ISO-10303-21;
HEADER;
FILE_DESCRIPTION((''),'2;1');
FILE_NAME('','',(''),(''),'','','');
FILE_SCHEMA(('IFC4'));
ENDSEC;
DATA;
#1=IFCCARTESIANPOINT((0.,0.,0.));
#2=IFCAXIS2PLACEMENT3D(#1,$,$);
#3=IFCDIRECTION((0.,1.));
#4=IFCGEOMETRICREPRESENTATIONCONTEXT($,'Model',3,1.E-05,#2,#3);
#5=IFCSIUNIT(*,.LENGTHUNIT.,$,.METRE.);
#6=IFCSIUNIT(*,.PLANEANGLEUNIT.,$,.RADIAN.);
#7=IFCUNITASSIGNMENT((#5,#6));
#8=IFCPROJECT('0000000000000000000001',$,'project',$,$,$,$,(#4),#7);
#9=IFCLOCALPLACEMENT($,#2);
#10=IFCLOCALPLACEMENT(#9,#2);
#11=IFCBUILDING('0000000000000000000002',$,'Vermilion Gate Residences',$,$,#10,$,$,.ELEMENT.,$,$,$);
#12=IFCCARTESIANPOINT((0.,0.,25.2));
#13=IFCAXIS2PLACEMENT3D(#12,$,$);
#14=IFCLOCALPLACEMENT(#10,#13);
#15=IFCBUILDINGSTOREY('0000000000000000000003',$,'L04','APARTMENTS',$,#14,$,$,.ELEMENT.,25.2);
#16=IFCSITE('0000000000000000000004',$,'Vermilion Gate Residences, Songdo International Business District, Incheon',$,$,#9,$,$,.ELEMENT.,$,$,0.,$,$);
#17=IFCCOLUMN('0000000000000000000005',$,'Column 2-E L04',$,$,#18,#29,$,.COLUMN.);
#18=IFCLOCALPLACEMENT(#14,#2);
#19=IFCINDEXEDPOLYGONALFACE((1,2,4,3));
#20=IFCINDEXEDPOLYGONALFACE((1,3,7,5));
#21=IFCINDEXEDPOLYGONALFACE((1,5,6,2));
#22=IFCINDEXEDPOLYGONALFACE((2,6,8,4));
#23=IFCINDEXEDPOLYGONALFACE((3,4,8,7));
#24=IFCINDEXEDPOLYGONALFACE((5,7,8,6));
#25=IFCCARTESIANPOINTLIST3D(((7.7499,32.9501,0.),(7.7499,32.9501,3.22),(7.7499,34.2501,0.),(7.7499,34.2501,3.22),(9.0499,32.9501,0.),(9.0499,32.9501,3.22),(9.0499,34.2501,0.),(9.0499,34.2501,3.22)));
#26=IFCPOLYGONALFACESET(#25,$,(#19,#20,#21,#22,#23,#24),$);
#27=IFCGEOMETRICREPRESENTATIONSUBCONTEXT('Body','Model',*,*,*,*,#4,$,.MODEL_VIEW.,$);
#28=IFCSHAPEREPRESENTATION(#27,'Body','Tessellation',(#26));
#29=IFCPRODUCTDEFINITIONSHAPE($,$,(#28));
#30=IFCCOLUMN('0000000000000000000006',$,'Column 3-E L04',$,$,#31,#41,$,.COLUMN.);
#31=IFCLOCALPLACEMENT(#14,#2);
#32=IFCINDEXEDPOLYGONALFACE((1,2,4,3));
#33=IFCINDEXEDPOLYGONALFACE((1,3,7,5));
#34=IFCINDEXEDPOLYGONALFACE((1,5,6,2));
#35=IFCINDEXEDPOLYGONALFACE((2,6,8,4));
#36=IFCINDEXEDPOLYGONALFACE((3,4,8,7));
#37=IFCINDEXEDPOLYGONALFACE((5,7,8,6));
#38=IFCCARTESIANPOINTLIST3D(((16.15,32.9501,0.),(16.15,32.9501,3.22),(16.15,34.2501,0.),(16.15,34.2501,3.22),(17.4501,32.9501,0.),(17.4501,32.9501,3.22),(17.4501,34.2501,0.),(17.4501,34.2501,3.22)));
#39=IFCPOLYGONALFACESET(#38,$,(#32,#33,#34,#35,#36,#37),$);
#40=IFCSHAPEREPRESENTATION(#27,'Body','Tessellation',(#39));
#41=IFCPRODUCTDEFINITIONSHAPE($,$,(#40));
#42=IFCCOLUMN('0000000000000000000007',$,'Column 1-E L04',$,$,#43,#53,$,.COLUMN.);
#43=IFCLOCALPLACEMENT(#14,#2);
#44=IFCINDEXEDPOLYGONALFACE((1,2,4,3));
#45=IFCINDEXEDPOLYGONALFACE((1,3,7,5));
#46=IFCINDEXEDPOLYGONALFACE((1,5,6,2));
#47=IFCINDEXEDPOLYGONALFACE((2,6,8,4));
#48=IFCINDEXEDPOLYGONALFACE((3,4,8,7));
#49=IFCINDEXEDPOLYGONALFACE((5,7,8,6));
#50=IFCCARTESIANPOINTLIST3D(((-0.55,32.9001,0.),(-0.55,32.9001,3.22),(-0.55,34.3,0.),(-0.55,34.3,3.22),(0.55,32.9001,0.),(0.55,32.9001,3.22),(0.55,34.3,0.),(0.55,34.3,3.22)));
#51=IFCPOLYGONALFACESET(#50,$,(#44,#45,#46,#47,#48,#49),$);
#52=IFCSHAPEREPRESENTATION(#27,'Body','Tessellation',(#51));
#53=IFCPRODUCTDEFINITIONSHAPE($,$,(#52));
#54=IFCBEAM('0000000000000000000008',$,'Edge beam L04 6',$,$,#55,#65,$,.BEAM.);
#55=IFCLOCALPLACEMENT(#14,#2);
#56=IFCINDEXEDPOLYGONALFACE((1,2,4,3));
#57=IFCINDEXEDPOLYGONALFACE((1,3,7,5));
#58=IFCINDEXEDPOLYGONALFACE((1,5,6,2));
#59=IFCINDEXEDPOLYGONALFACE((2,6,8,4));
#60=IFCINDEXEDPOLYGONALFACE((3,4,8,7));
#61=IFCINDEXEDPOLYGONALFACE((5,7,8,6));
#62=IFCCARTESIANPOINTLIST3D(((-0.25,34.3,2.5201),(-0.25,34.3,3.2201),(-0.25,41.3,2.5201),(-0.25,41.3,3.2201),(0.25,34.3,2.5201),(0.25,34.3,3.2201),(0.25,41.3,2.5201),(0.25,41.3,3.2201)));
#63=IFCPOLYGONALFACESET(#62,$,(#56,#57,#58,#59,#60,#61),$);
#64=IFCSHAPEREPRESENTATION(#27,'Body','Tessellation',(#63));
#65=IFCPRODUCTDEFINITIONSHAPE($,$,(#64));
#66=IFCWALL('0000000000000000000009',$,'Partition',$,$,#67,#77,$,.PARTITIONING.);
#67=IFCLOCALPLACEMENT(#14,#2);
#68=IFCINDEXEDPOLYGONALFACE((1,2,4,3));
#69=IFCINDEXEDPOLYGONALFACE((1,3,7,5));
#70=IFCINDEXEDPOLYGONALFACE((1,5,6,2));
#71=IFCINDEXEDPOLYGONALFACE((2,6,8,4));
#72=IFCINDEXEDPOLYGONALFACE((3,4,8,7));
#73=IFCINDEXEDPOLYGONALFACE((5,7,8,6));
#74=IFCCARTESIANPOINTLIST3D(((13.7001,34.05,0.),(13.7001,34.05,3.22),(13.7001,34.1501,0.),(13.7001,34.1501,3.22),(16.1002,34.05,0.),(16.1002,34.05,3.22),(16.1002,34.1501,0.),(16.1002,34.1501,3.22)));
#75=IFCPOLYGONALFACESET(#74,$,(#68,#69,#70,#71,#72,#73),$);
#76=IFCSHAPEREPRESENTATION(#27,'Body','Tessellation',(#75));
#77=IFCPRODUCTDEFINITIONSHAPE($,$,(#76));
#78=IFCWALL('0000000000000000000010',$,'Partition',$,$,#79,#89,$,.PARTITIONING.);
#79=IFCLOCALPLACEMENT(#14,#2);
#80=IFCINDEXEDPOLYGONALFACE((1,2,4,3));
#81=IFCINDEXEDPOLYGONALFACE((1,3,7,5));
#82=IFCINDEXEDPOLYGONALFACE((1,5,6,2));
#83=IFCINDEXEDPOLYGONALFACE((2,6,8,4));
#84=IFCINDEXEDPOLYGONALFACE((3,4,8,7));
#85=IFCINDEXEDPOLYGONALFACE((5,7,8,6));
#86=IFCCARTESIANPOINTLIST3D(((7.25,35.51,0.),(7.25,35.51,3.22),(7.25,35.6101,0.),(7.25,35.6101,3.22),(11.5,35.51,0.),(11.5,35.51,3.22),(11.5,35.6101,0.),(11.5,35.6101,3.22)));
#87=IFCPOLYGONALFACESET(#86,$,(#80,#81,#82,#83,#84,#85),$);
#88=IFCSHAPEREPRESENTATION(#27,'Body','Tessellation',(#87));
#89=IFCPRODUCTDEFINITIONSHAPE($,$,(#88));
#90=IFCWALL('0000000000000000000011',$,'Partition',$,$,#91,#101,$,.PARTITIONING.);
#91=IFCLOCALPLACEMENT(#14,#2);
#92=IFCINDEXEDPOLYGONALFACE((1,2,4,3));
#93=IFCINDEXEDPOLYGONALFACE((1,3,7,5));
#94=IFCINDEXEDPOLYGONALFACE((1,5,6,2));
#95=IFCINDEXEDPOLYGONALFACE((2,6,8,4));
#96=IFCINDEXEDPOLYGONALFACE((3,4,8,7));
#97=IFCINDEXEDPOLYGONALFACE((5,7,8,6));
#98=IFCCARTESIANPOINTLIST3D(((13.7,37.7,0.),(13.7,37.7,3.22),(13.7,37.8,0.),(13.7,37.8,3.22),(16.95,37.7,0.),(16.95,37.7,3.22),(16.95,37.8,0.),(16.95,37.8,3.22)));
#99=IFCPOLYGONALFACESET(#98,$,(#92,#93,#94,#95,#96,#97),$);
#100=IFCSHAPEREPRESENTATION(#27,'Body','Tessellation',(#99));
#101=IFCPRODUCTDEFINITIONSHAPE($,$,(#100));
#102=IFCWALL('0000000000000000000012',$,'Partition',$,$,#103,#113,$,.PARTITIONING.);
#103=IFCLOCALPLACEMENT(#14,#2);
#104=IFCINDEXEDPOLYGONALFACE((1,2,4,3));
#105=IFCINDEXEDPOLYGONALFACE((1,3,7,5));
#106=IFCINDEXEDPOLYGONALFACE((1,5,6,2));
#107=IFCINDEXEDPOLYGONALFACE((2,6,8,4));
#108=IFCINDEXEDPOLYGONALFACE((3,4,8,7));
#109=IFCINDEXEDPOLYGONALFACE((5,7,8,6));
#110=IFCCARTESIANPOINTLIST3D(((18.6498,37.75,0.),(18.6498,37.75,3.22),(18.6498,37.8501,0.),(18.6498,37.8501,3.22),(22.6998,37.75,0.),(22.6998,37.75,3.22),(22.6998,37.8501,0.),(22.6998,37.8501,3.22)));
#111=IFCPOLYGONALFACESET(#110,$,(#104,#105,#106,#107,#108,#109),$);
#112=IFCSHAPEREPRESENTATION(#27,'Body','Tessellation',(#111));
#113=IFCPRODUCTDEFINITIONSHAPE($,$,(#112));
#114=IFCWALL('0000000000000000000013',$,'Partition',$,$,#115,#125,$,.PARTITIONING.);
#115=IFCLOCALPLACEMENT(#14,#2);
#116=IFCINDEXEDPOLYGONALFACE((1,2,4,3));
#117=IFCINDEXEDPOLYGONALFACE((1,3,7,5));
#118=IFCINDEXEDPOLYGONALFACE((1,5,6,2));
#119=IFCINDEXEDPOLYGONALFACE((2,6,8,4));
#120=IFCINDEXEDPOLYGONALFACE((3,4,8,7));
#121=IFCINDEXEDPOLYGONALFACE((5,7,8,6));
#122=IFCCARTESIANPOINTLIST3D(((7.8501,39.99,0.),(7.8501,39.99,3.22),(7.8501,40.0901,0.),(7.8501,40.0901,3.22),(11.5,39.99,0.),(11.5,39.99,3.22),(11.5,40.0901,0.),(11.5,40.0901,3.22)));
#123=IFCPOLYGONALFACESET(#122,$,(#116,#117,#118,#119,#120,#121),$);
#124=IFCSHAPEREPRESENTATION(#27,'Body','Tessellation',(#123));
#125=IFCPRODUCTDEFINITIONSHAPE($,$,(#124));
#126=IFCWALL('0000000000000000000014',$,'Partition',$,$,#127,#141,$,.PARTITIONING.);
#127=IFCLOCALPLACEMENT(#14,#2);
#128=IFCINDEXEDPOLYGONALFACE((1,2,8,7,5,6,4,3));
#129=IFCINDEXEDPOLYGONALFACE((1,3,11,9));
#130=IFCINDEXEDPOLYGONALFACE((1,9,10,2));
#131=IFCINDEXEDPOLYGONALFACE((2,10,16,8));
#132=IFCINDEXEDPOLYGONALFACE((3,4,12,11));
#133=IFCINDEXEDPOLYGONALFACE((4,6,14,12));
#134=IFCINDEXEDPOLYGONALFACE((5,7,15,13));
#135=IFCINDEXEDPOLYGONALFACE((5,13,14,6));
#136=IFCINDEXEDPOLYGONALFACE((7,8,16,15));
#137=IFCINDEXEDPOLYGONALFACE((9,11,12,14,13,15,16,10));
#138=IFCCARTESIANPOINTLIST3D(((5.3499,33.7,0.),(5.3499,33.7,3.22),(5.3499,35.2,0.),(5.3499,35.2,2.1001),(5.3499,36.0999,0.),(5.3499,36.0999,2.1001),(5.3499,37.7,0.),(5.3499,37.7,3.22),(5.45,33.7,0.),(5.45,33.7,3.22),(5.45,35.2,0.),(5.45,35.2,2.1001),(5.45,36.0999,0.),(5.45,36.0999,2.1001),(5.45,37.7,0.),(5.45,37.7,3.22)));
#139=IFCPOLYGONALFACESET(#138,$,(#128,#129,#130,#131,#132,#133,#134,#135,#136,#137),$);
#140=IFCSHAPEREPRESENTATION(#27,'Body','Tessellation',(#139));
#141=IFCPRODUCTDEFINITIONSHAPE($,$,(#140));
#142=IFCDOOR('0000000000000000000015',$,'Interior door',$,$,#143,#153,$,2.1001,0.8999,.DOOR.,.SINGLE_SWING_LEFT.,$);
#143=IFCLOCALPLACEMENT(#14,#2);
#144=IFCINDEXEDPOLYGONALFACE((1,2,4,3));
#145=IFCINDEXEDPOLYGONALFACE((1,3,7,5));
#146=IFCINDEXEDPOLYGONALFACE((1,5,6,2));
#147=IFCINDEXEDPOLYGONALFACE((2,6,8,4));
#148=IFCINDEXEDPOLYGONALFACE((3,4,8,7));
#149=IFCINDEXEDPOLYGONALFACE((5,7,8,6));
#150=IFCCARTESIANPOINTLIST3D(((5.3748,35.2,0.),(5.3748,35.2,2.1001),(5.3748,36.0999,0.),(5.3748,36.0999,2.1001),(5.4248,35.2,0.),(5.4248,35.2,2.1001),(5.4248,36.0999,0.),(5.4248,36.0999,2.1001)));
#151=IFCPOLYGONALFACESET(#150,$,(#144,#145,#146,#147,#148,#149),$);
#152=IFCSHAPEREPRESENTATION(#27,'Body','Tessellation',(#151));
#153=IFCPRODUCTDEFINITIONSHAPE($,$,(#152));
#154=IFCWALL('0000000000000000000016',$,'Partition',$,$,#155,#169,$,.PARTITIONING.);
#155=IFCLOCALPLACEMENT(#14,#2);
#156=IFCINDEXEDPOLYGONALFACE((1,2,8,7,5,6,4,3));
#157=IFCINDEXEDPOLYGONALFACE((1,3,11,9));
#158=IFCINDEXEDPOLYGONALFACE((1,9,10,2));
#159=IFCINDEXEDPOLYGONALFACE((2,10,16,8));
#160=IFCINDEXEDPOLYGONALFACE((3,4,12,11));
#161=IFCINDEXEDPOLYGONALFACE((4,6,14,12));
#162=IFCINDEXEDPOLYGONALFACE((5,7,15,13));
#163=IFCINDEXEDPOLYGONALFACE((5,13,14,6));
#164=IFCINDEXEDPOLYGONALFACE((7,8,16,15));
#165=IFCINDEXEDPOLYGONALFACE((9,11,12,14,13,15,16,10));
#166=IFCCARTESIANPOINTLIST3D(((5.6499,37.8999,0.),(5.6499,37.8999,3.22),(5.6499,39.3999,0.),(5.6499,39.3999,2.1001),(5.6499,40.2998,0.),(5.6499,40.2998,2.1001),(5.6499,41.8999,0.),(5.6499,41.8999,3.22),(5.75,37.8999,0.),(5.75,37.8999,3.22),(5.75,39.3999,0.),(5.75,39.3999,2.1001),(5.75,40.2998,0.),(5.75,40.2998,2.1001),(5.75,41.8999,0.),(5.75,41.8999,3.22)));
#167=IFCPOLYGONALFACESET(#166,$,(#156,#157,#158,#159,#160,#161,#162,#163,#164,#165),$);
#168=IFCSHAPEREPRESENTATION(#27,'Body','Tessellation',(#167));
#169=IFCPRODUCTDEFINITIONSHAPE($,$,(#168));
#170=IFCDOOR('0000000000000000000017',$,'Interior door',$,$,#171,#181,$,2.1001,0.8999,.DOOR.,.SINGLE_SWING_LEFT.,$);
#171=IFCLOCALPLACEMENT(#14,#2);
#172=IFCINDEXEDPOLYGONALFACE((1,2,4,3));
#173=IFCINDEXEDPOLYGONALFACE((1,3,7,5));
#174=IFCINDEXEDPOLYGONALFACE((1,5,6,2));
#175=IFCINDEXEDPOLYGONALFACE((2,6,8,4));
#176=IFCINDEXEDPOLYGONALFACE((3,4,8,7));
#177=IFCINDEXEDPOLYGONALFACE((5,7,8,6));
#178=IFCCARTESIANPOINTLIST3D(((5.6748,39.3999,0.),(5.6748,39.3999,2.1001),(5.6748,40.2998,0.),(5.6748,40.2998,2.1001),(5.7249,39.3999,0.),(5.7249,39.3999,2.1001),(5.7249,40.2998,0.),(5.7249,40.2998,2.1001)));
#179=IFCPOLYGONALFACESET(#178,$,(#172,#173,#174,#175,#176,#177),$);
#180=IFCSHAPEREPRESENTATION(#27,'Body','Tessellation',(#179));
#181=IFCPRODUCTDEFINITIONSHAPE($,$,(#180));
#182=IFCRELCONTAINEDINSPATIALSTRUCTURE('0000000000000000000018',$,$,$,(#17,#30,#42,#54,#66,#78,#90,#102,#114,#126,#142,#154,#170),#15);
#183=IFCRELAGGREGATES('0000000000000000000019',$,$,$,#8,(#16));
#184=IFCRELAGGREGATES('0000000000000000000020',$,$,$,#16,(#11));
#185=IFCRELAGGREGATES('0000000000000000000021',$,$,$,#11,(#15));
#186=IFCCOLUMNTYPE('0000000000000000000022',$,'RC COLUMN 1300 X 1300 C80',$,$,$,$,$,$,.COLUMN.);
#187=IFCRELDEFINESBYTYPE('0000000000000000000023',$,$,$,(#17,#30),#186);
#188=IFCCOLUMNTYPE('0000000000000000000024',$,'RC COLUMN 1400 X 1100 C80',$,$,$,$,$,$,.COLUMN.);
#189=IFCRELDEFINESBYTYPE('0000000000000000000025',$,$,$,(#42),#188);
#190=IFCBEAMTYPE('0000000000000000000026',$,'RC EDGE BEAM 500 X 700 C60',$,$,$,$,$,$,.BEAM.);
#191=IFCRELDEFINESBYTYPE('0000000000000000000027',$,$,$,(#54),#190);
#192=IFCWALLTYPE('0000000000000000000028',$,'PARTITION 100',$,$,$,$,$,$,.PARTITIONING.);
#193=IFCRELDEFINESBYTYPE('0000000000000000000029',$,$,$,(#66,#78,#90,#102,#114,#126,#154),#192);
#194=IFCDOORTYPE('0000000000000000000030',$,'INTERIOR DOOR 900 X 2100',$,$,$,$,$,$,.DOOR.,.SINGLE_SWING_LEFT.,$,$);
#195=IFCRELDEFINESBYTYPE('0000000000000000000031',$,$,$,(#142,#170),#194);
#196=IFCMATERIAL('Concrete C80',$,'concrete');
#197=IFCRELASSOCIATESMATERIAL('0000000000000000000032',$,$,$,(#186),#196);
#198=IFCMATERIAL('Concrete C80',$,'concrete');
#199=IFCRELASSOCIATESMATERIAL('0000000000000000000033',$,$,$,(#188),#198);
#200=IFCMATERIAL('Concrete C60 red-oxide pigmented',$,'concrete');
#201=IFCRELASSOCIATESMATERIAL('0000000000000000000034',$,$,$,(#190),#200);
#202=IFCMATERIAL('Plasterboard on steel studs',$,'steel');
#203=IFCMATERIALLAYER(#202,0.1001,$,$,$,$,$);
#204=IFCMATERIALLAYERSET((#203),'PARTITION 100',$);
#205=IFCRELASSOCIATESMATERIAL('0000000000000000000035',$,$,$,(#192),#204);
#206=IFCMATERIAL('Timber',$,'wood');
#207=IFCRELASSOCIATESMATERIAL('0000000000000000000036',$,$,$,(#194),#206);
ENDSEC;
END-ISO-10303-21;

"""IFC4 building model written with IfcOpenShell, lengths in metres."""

from ifc_helpers import new_model, si_unit, direction, frame, frame_2d, origin, origin_2d, place, context, subcontext, project, spatial, rectangle, extrude, material, layer, layer_set, material_profile, profile_set, type_object, element, fill, save


model = new_model("IFC4")

# Units and contexts
model_context = context("Model", 3, precision=1e-05, world=origin(), true_north=direction((0.0, 1.0)))
body_context = subcontext(model_context, "Body", "Model", "MODEL_VIEW")
ifc_project = project(units=[si_unit("LENGTHUNIT", "METRE"), si_unit("PLANEANGLEUNIT", "RADIAN")], contexts=[model_context])

# Site, building, storey
site_placement = place(None, origin())
site = spatial("IfcSite", under=ifc_project, at=site_placement, Name="Vermilion Gate Residences, Songdo International Business District, Incheon", CompositionType="ELEMENT", RefElevation=0.0)
building_placement = place(site_placement, origin())
building = spatial("IfcBuilding", under=site, at=building_placement, Name="Vermilion Gate Residences", CompositionType="ELEMENT")
storey_placement = place(building_placement, frame((0.0, 0.0, 25.2)))
storey = spatial("IfcBuildingStorey", under=building, at=storey_placement, Name="L04", Description="APARTMENTS", CompositionType="ELEMENT", Elevation=25.2)

# Columns
ifc_material_1 = material(Name="Concrete C80", Category="concrete")
ifc_material_profile_1 = material_profile(ifc_material_1, rectangle(XDim=1.3, YDim=1.3, at=origin_2d()), Name="RC-1300x1300")
ifc_profile_set_1 = profile_set([ifc_material_profile_1], Name="Concrete C80")
column_type_1 = type_object("IfcColumnType", Name="RC COLUMN 1300 X 1300 C80", PredefinedType="COLUMN", material=ifc_profile_set_1)
for number, where, z_axis, x_axis, name in (
    (1, (8.3999, 33.6001, 0.0), (0.0, 0.0, 1.0), (1.0, 0.0, 0.0), "Column 2-E L04"),
    (2, (16.8, 33.6001, 0.0), (0.0, 0.0, 1.0), (1.0, 0.0, 0.0), "Column 3-E L04"),
):
    element("IfcColumn", number, at=place(storey_placement, frame(where, z_axis=z_axis, x_axis=x_axis)), inside=storey, type_object=column_type_1, Name=name, PredefinedType="COLUMN", context=body_context, shape_type="SweptSolid", body=[
        extrude(rectangle(XDim=1.3, YDim=1.3, at=origin_2d()), origin(), (0.0, 0.0, 1.0), 3.22),
    ])
ifc_material_2 = material(Name="Concrete C80", Category="concrete")
ifc_material_profile_2 = material_profile(ifc_material_2, rectangle(XDim=1.3999, YDim=1.1001, at=origin_2d()), Name="RC-1400x1100")
ifc_profile_set_2 = profile_set([ifc_material_profile_2], Name="Concrete C80")
column_type_2 = type_object("IfcColumnType", Name="RC COLUMN 1400 X 1100 C80", PredefinedType="COLUMN", material=ifc_profile_set_2)
column_placement = place(storey_placement, frame((0.0, 33.6001, 0.0), z_axis=(0.0, 0.0, 1.0), x_axis=(0.0, 1.0, 0.0)))
element("IfcColumn", 3, at=column_placement, inside=storey, type_object=column_type_2, Name="Column 1-E L04", PredefinedType="COLUMN", context=body_context, shape_type="SweptSolid", body=[
    extrude(rectangle(XDim=1.3999, YDim=1.1001, at=origin_2d()), origin(), (0.0, 0.0, 1.0), 3.22),
])

# Beam
ifc_material_3 = material(Name="Concrete C60 red-oxide pigmented", Category="concrete")
ifc_material_profile_3 = material_profile(ifc_material_3, rectangle(XDim=0.5, YDim=0.7, at=origin_2d()), Name="RC-500x700")
ifc_profile_set_3 = profile_set([ifc_material_profile_3], Name="Concrete C60 red-oxide pigmented")
beam_type = type_object("IfcBeamType", Name="RC EDGE BEAM 500 X 700 C60", PredefinedType="BEAM", material=ifc_profile_set_3)
beam_placement = place(storey_placement, frame((0.0, 34.3, 2.8701), z_axis=(0.0, 1.0, 0.0), x_axis=(-1.0, 0.0, 0.0)))
element("IfcBeam", 4, at=beam_placement, inside=storey, type_object=beam_type, Name="Edge beam L04 6", PredefinedType="BEAM", context=body_context, shape_type="SweptSolid", body=[
    extrude(rectangle(XDim=0.5, YDim=0.7, at=origin_2d()), origin(), (0.0, 0.0, 1.0), 7.0),
])

# Walls
ifc_material_4 = material(Name="Plasterboard on steel studs", Category="steel")
ifc_layer_1 = layer(ifc_material_4, 0.1001)
ifc_layer_set_1 = layer_set([ifc_layer_1], Name="PARTITION 100")
wall_type_1 = type_object("IfcWallType", Name="PARTITION 100", PredefinedType="PARTITIONING", material=ifc_layer_set_1)
wall_1_placement = place(storey_placement, frame((13.7, 34.1001, 0.0), z_axis=(0.0, 0.0, 1.0), x_axis=(1.0, 0.0, 0.0)))
element("IfcWall", 5, at=wall_1_placement, inside=storey, type_object=wall_type_1, Name="Partition", PredefinedType="PARTITIONING", context=body_context, shape_type="SweptSolid", body=[
    extrude(rectangle(XDim=2.4001, YDim=0.1001, at=frame_2d((1.2002, 0.0))), origin(), (0.0, 0.0, 1.0), 3.22),
])
wall_2_placement = place(storey_placement, frame((7.25, 35.5601, 0.0), z_axis=(0.0, 0.0, 1.0), x_axis=(1.0, 0.0, 0.0)))
element("IfcWall", 6, at=wall_2_placement, inside=storey, type_object=wall_type_1, Name="Partition", PredefinedType="PARTITIONING", context=body_context, shape_type="SweptSolid", body=[
    extrude(rectangle(XDim=4.25, YDim=0.1001, at=frame_2d((2.125, 0.0))), origin(), (0.0, 0.0, 1.0), 3.22),
])
wall_3_placement = place(storey_placement, frame((13.7, 37.75, 0.0), z_axis=(0.0, 0.0, 1.0), x_axis=(1.0, 0.0, 0.0)))
element("IfcWall", 7, at=wall_3_placement, inside=storey, type_object=wall_type_1, Name="Partition", PredefinedType="PARTITIONING", context=body_context, shape_type="SweptSolid", body=[
    extrude(rectangle(XDim=3.25, YDim=0.1001, at=frame_2d((1.625, 0.0))), origin(), (0.0, 0.0, 1.0), 3.22),
])
wall_4_placement = place(storey_placement, frame((18.6499, 37.8, 0.0), z_axis=(0.0, 0.0, 1.0), x_axis=(1.0, 0.0, 0.0)))
element("IfcWall", 8, at=wall_4_placement, inside=storey, type_object=wall_type_1, Name="Partition", PredefinedType="PARTITIONING", context=body_context, shape_type="SweptSolid", body=[
    extrude(rectangle(XDim=4.05, YDim=0.1001, at=frame_2d((2.0249, 0.0))), origin(), (0.0, 0.0, 1.0), 3.22),
])
wall_5_placement = place(storey_placement, frame((7.8501, 40.04, 0.0), z_axis=(0.0, 0.0, 1.0), x_axis=(1.0, 0.0, 0.0)))
element("IfcWall", 9, at=wall_5_placement, inside=storey, type_object=wall_type_1, Name="Partition", PredefinedType="PARTITIONING", context=body_context, shape_type="SweptSolid", body=[
    extrude(rectangle(XDim=3.6499, YDim=0.1001, at=frame_2d((1.825, 0.0))), origin(), (0.0, 0.0, 1.0), 3.22),
])

# Walls, openings, doors
wall_6_placement = place(storey_placement, frame((5.3999, 33.7, 0.0), z_axis=(0.0, 0.0, 1.0), x_axis=(0.0, 1.0, 0.0)))
wall_6 = element("IfcWall", 10, at=wall_6_placement, inside=storey, type_object=wall_type_1, Name="Partition", PredefinedType="PARTITIONING", context=body_context, shape_type="SweptSolid", body=[
    extrude(rectangle(XDim=4.0, YDim=0.1001, at=frame_2d((2.0, 0.0))), origin(), (0.0, 0.0, 1.0), 3.22),
])
opening_1_placement = place(wall_6_placement, frame((1.5, 0.0, 0.0)))
opening_1 = element("IfcOpeningElement", 11, at=opening_1_placement, cuts=wall_6, PredefinedType="OPENING", context=body_context, shape_type="SweptSolid", body=[
    extrude(rectangle(XDim=0.8999, YDim=2.1001, at=frame_2d((0.45, 1.05))), frame((0.0, 0.0601, 0.0), z_axis=(0.0, -1.0, 0.0), x_axis=(1.0, 0.0, 0.0)), (0.0, 0.0, 1.0), 0.1201),
])
ifc_material_5 = material(Name="Timber", Category="wood")
door_type = type_object("IfcDoorType", Name="INTERIOR DOOR 900 X 2100", OperationType="SINGLE_SWING_LEFT", PredefinedType="DOOR", material=ifc_material_5)
door_1_placement = place(opening_1_placement, frame((0.8999, 0.0, 0.0), z_axis=(0.0, 0.0, 1.0), x_axis=(-1.0, 0.0, 0.0)))
door_1 = element("IfcDoor", 12, at=door_1_placement, inside=storey, type_object=door_type, Name="Interior door", OperationType="SINGLE_SWING_LEFT", OverallHeight=2.1001, OverallWidth=0.8999, PredefinedType="DOOR", context=body_context, shape_type="SweptSolid", body=[
    extrude(rectangle(XDim=0.8999, YDim=2.1001, at=frame_2d((0.45, 1.05))), frame((0.0, 0.0249, 0.0), z_axis=(0.0, -1.0, 0.0), x_axis=(1.0, 0.0, 0.0)), (0.0, 0.0, 1.0), 0.05),
])
fill(opening_1, door_1)
wall_7_placement = place(storey_placement, frame((5.7, 37.8999, 0.0), z_axis=(0.0, 0.0, 1.0), x_axis=(0.0, 1.0, 0.0)))
wall_7 = element("IfcWall", 13, at=wall_7_placement, inside=storey, type_object=wall_type_1, Name="Partition", PredefinedType="PARTITIONING", context=body_context, shape_type="SweptSolid", body=[
    extrude(rectangle(XDim=4.0, YDim=0.1001, at=frame_2d((2.0, 0.0))), origin(), (0.0, 0.0, 1.0), 3.22),
])
opening_2_placement = place(wall_7_placement, frame((1.5, 0.0, 0.0)))
opening_2 = element("IfcOpeningElement", 14, at=opening_2_placement, cuts=wall_7, PredefinedType="OPENING", context=body_context, shape_type="SweptSolid", body=[
    extrude(rectangle(XDim=0.8999, YDim=2.1001, at=frame_2d((0.45, 1.05))), frame((0.0, 0.0601, 0.0), z_axis=(0.0, -1.0, 0.0), x_axis=(1.0, 0.0, 0.0)), (0.0, 0.0, 1.0), 0.1201),
])
door_2_placement = place(opening_2_placement, frame((0.8999, 0.0, 0.0), z_axis=(0.0, 0.0, 1.0), x_axis=(-1.0, 0.0, 0.0)))
door_2 = element("IfcDoor", 15, at=door_2_placement, inside=storey, type_object=door_type, Name="Interior door", OperationType="SINGLE_SWING_LEFT", OverallHeight=2.1001, OverallWidth=0.8999, PredefinedType="DOOR", context=body_context, shape_type="SweptSolid", body=[
    extrude(rectangle(XDim=0.8999, YDim=2.1001, at=frame_2d((0.45, 1.05))), frame((0.0, 0.0249, 0.0), z_axis=(0.0, -1.0, 0.0), x_axis=(1.0, 0.0, 0.0)), (0.0, 0.0, 1.0), 0.05),
])
fill(opening_2, door_2)

save(model, "model.ifc")
